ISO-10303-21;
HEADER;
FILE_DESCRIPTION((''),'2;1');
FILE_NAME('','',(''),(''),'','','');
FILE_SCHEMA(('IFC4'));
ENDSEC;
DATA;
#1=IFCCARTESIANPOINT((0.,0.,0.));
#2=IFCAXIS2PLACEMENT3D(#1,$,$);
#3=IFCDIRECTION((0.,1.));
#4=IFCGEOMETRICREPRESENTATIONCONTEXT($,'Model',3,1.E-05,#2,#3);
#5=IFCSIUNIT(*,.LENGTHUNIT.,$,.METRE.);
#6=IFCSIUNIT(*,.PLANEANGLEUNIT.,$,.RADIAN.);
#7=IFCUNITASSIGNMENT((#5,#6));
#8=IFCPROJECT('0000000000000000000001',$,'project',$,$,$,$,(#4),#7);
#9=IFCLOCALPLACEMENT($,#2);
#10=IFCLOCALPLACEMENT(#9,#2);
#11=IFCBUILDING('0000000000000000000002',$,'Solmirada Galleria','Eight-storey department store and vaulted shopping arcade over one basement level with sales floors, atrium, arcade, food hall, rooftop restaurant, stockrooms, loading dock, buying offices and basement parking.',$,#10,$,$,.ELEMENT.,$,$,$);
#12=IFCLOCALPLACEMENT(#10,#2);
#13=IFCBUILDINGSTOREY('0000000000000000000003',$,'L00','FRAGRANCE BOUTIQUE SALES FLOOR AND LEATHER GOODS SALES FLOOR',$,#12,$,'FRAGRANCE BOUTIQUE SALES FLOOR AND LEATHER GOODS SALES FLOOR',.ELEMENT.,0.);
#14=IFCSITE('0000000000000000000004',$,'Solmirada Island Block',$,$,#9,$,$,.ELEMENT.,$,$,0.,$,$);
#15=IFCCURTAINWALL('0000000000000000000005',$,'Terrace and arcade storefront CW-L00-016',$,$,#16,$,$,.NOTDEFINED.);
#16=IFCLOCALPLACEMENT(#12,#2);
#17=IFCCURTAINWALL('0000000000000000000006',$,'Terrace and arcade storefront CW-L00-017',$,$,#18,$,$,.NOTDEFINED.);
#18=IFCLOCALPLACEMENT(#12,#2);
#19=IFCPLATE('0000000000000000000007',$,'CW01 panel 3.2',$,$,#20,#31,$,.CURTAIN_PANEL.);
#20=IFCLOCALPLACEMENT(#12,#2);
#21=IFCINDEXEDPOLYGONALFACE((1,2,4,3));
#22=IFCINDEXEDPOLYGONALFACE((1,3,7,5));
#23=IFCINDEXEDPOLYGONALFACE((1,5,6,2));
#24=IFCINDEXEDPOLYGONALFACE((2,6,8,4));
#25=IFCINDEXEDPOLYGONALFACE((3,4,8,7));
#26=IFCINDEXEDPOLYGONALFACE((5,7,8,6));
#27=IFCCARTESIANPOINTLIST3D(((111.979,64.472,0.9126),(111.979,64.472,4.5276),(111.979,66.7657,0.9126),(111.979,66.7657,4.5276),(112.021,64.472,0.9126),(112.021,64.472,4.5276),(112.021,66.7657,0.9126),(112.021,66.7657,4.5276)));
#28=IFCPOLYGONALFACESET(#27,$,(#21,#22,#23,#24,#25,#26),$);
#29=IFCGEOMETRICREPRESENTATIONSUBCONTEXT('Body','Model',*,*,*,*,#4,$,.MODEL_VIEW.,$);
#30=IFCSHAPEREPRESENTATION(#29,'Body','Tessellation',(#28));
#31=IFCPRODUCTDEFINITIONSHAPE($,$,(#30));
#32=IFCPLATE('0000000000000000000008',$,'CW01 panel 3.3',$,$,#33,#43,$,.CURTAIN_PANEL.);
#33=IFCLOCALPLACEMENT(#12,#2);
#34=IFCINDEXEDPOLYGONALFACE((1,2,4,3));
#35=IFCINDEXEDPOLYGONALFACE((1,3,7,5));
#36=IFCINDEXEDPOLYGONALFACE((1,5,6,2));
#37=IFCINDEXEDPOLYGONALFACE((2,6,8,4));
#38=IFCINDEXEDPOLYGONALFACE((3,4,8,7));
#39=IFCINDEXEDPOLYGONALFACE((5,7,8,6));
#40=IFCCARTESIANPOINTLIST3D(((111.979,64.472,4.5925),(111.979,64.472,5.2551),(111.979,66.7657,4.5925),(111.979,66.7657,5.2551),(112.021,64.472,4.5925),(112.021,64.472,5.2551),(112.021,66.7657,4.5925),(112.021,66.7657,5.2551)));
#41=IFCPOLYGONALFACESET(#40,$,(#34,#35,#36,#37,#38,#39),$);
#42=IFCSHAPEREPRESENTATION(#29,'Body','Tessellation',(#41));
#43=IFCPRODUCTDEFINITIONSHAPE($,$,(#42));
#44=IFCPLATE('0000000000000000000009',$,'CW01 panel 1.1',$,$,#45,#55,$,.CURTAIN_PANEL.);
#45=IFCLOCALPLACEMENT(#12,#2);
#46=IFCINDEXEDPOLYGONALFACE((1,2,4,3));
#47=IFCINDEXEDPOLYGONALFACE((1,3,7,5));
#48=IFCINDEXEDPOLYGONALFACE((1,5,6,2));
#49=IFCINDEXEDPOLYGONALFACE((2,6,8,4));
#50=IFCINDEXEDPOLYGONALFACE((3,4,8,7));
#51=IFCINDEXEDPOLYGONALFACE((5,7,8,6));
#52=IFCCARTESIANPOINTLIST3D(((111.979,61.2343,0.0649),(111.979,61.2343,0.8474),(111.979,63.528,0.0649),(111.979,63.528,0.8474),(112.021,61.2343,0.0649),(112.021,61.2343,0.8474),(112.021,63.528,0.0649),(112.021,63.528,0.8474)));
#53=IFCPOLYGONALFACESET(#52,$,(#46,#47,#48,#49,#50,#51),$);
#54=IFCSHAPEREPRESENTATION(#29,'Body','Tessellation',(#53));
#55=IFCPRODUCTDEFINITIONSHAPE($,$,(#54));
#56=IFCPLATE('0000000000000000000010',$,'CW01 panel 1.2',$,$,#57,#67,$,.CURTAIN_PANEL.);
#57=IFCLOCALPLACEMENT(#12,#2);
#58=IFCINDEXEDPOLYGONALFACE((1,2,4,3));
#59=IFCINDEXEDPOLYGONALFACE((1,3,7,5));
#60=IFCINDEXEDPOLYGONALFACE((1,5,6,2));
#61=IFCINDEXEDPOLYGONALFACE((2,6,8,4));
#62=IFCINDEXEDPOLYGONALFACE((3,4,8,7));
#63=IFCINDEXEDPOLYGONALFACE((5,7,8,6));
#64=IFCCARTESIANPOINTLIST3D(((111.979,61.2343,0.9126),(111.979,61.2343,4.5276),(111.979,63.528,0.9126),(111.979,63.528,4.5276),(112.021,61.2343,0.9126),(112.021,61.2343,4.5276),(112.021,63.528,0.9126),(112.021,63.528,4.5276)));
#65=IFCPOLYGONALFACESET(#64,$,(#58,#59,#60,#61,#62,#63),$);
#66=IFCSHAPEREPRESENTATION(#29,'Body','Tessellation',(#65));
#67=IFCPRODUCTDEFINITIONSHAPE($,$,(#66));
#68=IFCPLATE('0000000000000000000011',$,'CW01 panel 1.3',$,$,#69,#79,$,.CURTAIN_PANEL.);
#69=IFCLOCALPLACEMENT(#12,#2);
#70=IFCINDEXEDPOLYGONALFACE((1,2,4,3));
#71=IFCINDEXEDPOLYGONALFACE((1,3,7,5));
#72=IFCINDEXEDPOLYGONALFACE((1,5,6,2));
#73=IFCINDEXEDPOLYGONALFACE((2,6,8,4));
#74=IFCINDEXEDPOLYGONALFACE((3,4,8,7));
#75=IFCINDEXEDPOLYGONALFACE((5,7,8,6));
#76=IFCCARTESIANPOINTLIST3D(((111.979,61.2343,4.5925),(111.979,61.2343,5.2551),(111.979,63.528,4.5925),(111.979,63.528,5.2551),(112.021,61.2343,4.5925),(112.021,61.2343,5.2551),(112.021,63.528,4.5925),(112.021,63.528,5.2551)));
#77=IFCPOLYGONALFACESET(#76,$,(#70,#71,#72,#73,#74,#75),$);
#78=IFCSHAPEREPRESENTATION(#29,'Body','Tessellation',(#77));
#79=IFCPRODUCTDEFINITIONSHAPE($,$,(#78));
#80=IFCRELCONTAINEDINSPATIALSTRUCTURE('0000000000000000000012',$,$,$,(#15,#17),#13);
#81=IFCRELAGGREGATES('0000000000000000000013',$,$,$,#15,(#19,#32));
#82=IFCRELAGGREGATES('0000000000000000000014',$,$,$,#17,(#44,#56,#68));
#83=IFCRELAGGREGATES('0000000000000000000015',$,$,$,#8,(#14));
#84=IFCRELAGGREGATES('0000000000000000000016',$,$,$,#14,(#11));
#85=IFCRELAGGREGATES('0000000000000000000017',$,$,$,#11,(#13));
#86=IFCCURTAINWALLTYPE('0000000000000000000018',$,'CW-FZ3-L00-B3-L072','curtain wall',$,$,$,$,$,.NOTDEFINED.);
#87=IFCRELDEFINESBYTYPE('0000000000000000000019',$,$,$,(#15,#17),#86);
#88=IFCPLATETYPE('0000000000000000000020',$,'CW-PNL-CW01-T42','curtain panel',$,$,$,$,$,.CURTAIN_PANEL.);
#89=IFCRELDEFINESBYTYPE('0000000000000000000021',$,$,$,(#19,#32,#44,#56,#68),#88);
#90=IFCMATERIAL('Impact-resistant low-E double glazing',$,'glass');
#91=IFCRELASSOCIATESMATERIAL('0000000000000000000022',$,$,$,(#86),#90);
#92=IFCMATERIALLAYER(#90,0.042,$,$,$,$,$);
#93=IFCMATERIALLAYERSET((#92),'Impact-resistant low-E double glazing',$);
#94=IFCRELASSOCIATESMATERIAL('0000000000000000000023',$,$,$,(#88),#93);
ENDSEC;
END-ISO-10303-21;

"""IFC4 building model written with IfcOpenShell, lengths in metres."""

from ifc_helpers import new_model, si_unit, direction, frame, origin, origin_2d, place, context, subcontext, project, spatial, rectangle, extrude, material, layer, layer_set, type_object, element, aggregate, save


model = new_model("IFC4")

# Units and contexts
model_context = context("Model", 3, precision=1e-05, world=origin(), true_north=direction((0.0, 1.0)))
body_context = subcontext(model_context, "Body", "Model", "MODEL_VIEW")
ifc_project = project(units=[si_unit("LENGTHUNIT", "METRE"), si_unit("PLANEANGLEUNIT", "RADIAN")], contexts=[model_context])

# Site, building, storey
site_placement = place(None, origin())
site = spatial("IfcSite", under=ifc_project, at=site_placement, Name="Solmirada Island Block", CompositionType="ELEMENT", RefElevation=0.0)
building_placement = place(site_placement, origin())
building = spatial("IfcBuilding", under=site, at=building_placement, Name="Solmirada Galleria", Description="Eight-storey department store and vaulted shopping arcade over one basement level with sales floors, atrium, arcade, food hall, rooftop restaurant, stockrooms, loading dock, buying offices and basement parking.", CompositionType="ELEMENT")
storey_placement = place(building_placement, origin())
storey = spatial("IfcBuildingStorey", under=building, at=storey_placement, Name="L00", Description="FRAGRANCE BOUTIQUE SALES FLOOR AND LEATHER GOODS SALES FLOOR", LongName="FRAGRANCE BOUTIQUE SALES FLOOR AND LEATHER GOODS SALES FLOOR", CompositionType="ELEMENT", Elevation=0.0)

# Curtain walls
ifc_material_1 = material(Name="Impact-resistant low-E double glazing", Category="glass")
curtain_wall_type = type_object("IfcCurtainWallType", Name="CW-FZ3-L00-B3-L072", Description="curtain wall", PredefinedType="NOTDEFINED", material=ifc_material_1)
curtain_wall_1_placement = place(storey_placement, origin())
curtain_wall_1 = element("IfcCurtainWall", 1, at=curtain_wall_1_placement, inside=storey, type_object=curtain_wall_type, Name="Terrace and arcade storefront CW-L00-016", PredefinedType="NOTDEFINED")
curtain_wall_2_placement = place(storey_placement, origin())
curtain_wall_2 = element("IfcCurtainWall", 2, at=curtain_wall_2_placement, inside=storey, type_object=curtain_wall_type, Name="Terrace and arcade storefront CW-L00-017", PredefinedType="NOTDEFINED")

# Plates
ifc_layer = layer(ifc_material_1, 0.042)
ifc_layer_set = layer_set([ifc_layer], Name="Impact-resistant low-E double glazing")
plate_type = type_object("IfcPlateType", Name="CW-PNL-CW01-T42", Description="curtain panel", PredefinedType="CURTAIN_PANEL", material=ifc_layer_set)
plate_1_placement = place(storey_placement, frame((112.0, 65.6189, 0.9126), z_axis=(0.0, 0.0, 1.0), x_axis=(0.0, -1.0, 0.0)))
plate_1 = element("IfcPlate", 3, at=plate_1_placement, type_object=plate_type, Name="CW01 panel 3.2", PredefinedType="CURTAIN_PANEL", context=body_context, shape_type="SweptSolid", body=[
    extrude(rectangle(XDim=2.2937, YDim=0.042, at=origin_2d()), origin(), (0.0, 0.0, 1.0), 3.615),
])
plate_2_placement = place(storey_placement, frame((112.0, 65.6189, 4.5925), z_axis=(0.0, 0.0, 1.0), x_axis=(0.0, -1.0, 0.0)))
plate_2 = element("IfcPlate", 4, at=plate_2_placement, type_object=plate_type, Name="CW01 panel 3.3", PredefinedType="CURTAIN_PANEL", context=body_context, shape_type="SweptSolid", body=[
    extrude(rectangle(XDim=2.2937, YDim=0.042, at=origin_2d()), origin(), (0.0, 0.0, 1.0), 0.6626),
])
aggregate(curtain_wall_1, [plate_1, plate_2])
plate_3_placement = place(storey_placement, frame((112.0, 62.3811, 0.0649), z_axis=(0.0, 0.0, 1.0), x_axis=(0.0, -1.0, 0.0)))
plate_3 = element("IfcPlate", 5, at=plate_3_placement, type_object=plate_type, Name="CW01 panel 1.1", PredefinedType="CURTAIN_PANEL", context=body_context, shape_type="SweptSolid", body=[
    extrude(rectangle(XDim=2.2937, YDim=0.042, at=origin_2d()), origin(), (0.0, 0.0, 1.0), 0.7825),
])
plate_4_placement = place(storey_placement, frame((112.0, 62.3811, 0.9126), z_axis=(0.0, 0.0, 1.0), x_axis=(0.0, -1.0, 0.0)))
plate_4 = element("IfcPlate", 6, at=plate_4_placement, type_object=plate_type, Name="CW01 panel 1.2", PredefinedType="CURTAIN_PANEL", context=body_context, shape_type="SweptSolid", body=[
    extrude(rectangle(XDim=2.2937, YDim=0.042, at=origin_2d()), origin(), (0.0, 0.0, 1.0), 3.615),
])
plate_5_placement = place(storey_placement, frame((112.0, 62.3811, 4.5925), z_axis=(0.0, 0.0, 1.0), x_axis=(0.0, -1.0, 0.0)))
plate_5 = element("IfcPlate", 7, at=plate_5_placement, type_object=plate_type, Name="CW01 panel 1.3", PredefinedType="CURTAIN_PANEL", context=body_context, shape_type="SweptSolid", body=[
    extrude(rectangle(XDim=2.2937, YDim=0.042, at=origin_2d()), origin(), (0.0, 0.0, 1.0), 0.6626),
])
aggregate(curtain_wall_2, [plate_3, plate_4, plate_5])

save(model, "model.ifc")
